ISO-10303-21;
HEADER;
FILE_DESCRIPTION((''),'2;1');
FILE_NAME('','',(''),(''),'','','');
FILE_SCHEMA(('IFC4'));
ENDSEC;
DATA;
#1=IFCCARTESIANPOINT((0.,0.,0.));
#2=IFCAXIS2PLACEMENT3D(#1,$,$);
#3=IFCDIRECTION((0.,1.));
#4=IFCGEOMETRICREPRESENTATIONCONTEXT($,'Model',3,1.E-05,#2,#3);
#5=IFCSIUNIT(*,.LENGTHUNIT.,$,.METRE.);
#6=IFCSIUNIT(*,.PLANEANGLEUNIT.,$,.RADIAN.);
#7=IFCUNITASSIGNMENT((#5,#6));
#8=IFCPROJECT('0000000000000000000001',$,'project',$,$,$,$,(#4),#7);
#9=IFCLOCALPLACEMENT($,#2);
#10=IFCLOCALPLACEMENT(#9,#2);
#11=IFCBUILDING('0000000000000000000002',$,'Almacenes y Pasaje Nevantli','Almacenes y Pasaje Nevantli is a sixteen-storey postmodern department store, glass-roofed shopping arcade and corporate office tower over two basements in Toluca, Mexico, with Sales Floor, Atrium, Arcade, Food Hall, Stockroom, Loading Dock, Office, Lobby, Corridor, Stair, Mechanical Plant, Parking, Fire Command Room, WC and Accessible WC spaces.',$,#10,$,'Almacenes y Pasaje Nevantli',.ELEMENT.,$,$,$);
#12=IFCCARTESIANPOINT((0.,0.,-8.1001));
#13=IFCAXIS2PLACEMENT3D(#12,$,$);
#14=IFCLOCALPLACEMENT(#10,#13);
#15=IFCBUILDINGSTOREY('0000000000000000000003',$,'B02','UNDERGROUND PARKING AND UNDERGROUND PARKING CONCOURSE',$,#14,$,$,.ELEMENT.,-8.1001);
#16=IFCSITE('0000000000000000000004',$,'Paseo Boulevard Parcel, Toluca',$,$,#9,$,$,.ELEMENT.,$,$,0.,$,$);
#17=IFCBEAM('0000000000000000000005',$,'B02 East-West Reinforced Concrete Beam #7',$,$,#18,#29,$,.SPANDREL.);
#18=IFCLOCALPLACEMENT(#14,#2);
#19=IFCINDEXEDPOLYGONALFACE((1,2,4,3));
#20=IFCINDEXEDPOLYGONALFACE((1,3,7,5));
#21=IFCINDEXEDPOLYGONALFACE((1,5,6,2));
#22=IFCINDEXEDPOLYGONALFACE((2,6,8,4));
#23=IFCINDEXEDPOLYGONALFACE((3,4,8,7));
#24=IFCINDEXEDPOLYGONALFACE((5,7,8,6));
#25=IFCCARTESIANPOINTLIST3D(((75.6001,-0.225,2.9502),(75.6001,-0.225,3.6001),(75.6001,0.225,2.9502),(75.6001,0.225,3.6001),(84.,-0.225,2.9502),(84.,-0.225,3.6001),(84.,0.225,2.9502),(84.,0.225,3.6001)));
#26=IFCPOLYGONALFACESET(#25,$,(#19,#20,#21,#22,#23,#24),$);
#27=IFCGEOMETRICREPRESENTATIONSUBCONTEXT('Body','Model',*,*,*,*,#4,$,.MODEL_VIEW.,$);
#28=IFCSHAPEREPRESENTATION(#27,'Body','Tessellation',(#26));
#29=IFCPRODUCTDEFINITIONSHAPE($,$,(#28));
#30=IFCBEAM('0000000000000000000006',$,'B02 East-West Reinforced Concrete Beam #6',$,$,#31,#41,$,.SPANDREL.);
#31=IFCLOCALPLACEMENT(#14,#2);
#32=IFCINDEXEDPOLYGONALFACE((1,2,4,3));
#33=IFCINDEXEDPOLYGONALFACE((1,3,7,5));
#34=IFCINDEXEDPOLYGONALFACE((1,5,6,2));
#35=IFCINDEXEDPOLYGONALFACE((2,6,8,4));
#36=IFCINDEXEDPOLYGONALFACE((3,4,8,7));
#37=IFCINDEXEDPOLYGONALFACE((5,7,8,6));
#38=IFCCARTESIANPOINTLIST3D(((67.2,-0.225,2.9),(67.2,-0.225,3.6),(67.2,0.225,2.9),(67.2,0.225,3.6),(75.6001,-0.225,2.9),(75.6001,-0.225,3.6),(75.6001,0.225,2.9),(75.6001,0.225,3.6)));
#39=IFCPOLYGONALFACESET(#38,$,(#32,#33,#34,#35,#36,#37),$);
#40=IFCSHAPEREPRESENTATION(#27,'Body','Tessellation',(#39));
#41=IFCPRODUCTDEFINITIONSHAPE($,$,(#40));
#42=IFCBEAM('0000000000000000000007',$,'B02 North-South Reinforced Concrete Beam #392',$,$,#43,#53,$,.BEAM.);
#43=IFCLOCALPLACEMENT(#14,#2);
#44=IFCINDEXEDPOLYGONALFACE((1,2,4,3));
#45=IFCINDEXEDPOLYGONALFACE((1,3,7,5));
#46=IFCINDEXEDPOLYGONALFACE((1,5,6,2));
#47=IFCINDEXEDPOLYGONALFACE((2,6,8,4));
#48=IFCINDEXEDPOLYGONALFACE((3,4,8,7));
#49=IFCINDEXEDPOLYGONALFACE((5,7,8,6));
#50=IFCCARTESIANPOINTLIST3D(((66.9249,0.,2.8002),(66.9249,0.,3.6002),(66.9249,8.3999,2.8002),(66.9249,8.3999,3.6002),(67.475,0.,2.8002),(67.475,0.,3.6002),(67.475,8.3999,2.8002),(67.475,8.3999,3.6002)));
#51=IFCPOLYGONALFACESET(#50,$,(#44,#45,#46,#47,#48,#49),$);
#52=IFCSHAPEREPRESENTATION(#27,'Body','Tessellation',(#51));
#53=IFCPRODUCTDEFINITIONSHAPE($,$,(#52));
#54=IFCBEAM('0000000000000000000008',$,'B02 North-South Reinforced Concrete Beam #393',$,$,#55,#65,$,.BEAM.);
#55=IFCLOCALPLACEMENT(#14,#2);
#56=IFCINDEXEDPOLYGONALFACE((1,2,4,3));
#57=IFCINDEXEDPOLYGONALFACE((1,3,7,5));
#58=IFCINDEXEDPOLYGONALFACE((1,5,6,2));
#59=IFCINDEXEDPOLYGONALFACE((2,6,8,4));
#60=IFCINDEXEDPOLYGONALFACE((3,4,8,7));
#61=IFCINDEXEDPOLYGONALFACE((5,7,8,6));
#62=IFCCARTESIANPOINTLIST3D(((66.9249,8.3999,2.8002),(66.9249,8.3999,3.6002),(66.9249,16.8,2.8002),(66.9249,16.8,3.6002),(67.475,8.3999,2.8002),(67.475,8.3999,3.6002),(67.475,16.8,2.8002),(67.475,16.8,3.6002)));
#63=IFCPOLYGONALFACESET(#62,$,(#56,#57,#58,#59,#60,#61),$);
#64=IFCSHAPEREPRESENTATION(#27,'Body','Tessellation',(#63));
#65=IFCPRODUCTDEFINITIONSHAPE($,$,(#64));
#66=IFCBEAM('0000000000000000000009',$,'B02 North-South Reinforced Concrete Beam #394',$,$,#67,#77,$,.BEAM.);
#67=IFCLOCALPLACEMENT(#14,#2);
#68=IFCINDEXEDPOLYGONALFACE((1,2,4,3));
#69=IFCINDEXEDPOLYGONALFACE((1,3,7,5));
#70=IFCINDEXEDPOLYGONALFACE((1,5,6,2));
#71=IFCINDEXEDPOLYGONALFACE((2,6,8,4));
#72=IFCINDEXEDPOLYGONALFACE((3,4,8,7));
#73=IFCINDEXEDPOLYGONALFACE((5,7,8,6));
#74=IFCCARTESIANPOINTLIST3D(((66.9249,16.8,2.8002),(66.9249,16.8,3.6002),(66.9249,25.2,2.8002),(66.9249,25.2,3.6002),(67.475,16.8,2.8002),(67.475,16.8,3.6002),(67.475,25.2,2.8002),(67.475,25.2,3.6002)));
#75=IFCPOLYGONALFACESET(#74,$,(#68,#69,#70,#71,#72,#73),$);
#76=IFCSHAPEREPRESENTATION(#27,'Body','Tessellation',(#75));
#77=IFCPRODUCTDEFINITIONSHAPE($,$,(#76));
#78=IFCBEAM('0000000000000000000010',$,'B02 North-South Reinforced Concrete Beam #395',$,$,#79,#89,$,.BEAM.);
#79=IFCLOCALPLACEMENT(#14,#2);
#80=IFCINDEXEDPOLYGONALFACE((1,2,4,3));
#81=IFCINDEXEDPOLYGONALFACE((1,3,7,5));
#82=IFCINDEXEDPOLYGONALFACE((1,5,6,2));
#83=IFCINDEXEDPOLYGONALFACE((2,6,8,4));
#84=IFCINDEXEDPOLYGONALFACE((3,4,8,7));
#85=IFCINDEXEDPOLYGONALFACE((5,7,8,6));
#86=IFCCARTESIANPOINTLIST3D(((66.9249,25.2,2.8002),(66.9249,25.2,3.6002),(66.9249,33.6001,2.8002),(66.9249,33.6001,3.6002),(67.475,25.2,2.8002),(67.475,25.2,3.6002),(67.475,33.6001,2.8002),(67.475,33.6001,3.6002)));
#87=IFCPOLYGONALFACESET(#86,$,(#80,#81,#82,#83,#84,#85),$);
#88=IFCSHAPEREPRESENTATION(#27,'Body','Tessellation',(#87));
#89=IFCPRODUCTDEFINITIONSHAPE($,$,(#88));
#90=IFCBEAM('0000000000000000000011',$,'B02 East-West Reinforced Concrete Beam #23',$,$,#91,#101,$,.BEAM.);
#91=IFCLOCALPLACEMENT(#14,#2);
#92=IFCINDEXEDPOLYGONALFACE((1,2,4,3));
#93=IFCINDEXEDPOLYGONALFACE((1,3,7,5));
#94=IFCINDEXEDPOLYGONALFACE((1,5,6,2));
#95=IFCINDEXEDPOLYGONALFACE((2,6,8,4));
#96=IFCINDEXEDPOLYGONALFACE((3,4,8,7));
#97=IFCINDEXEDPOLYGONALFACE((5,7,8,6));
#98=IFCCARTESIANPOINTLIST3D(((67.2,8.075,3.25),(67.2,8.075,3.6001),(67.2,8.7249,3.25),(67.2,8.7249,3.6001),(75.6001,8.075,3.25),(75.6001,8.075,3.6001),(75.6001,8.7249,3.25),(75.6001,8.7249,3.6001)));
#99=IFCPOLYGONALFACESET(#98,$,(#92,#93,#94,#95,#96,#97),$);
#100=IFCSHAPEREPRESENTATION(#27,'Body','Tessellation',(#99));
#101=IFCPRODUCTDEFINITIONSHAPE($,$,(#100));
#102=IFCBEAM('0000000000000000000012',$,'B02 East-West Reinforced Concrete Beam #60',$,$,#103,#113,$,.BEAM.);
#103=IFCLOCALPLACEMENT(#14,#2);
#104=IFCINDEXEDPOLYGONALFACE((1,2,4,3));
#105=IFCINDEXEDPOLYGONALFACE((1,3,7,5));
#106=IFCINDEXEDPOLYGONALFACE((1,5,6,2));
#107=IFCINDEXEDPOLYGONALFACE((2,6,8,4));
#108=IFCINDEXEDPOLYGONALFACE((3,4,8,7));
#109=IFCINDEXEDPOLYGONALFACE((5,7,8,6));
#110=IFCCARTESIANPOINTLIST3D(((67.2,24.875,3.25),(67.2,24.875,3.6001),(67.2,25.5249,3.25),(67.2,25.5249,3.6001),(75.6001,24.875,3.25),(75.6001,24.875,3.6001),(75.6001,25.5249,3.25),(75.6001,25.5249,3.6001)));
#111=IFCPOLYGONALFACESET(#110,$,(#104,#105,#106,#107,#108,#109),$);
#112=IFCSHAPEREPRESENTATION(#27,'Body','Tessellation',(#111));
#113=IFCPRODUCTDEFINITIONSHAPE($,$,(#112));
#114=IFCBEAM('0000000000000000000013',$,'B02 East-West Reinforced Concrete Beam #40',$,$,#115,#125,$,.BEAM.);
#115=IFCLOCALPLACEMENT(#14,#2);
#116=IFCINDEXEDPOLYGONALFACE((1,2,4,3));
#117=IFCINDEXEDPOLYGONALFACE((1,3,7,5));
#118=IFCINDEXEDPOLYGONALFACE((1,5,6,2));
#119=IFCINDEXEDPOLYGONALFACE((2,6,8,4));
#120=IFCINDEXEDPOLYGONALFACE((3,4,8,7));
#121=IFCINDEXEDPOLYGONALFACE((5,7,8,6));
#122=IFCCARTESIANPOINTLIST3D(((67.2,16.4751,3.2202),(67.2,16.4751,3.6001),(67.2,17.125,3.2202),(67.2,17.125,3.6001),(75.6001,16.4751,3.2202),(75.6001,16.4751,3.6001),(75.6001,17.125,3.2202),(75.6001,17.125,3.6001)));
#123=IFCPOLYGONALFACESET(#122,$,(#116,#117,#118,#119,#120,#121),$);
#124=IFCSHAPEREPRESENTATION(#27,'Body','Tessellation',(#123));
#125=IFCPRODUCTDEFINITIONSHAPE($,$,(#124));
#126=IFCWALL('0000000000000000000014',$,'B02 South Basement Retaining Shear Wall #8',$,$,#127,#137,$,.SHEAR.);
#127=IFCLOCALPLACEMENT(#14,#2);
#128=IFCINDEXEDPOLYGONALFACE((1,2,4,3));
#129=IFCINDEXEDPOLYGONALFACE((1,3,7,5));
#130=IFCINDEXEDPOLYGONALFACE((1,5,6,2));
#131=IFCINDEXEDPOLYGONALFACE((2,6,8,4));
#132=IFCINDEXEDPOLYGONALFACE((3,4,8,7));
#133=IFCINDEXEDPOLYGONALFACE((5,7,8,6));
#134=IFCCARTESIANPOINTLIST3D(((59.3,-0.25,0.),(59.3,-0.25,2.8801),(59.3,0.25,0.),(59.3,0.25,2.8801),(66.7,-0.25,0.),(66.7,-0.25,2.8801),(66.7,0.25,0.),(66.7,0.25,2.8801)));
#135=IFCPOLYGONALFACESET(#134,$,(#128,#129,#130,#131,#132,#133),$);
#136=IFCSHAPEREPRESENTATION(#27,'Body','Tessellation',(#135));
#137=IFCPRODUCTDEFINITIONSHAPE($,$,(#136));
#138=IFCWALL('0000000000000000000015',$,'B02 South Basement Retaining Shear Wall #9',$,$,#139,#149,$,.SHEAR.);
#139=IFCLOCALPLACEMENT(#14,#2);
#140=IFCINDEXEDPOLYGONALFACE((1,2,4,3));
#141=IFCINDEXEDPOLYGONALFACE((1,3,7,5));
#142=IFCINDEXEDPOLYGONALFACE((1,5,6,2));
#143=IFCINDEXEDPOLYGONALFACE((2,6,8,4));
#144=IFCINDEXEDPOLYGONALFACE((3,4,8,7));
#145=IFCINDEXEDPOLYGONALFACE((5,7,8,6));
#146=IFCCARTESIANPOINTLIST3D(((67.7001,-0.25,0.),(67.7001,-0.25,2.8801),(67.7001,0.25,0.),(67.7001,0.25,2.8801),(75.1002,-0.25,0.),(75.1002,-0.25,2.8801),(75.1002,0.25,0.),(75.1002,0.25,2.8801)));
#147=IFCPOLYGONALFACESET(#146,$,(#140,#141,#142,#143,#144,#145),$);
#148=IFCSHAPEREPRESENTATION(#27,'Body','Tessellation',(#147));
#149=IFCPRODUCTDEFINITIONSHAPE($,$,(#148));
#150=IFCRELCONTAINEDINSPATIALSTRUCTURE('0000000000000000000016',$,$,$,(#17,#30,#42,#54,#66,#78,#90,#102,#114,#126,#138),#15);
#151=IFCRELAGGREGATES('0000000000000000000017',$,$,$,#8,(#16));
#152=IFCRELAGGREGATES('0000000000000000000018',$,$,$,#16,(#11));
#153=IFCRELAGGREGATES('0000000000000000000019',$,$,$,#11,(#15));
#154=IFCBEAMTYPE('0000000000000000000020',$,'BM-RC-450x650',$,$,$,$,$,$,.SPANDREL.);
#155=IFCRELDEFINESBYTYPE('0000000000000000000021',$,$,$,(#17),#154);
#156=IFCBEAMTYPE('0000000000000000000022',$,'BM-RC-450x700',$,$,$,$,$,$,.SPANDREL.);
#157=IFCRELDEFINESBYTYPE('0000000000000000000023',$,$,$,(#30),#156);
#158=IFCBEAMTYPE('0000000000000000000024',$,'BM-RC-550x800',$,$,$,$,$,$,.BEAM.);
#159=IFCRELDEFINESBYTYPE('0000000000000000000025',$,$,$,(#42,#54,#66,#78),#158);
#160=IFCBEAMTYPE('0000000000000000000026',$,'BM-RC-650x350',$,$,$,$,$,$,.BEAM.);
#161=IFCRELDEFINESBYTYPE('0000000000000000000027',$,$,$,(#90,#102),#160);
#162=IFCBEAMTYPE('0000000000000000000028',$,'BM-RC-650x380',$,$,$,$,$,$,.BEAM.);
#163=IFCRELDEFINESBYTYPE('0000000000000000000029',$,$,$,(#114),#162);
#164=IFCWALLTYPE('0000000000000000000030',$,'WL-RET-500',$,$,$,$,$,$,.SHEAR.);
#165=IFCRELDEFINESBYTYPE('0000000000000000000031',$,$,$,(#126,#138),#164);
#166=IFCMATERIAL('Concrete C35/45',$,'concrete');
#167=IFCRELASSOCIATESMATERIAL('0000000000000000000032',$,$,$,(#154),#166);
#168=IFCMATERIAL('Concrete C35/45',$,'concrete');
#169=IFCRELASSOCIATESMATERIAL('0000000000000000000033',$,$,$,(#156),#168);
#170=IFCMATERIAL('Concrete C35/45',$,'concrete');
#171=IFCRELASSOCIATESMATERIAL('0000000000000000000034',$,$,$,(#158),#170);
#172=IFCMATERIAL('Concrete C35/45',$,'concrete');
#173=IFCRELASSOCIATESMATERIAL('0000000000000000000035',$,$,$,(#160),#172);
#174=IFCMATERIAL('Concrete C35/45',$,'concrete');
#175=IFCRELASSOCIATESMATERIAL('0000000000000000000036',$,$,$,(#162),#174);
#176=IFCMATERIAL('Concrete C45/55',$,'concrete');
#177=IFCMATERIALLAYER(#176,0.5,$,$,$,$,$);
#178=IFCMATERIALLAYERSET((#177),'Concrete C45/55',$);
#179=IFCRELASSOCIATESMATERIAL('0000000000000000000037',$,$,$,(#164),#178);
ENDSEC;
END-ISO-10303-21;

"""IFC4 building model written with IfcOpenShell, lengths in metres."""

from ifc_helpers import new_model, si_unit, direction, frame, frame_2d, origin, origin_2d, place, context, subcontext, project, spatial, rectangle, extrude, material, layer, layer_set, material_profile, profile_set, type_object, element, save


model = new_model("IFC4")

# Units and contexts
model_context = context("Model", 3, precision=1e-05, world=origin(), true_north=direction((0.0, 1.0)))
body_context = subcontext(model_context, "Body", "Model", "MODEL_VIEW")
ifc_project = project(units=[si_unit("LENGTHUNIT", "METRE"), si_unit("PLANEANGLEUNIT", "RADIAN")], contexts=[model_context])

# Site, building, storey
site_placement = place(None, origin())
site = spatial("IfcSite", under=ifc_project, at=site_placement, Name="Paseo Boulevard Parcel, Toluca", CompositionType="ELEMENT", RefElevation=0.0)
building_placement = place(site_placement, origin())
building = spatial("IfcBuilding", under=site, at=building_placement, Name="Almacenes y Pasaje Nevantli", Description="Almacenes y Pasaje Nevantli is a sixteen-storey postmodern department store, glass-roofed shopping arcade and corporate office tower over two basements in Toluca, Mexico, with Sales Floor, Atrium, Arcade, Food Hall, Stockroom, Loading Dock, Office, Lobby, Corridor, Stair, Mechanical Plant, Parking, Fire Command Room, WC and Accessible WC spaces.", LongName="Almacenes y Pasaje Nevantli", CompositionType="ELEMENT")
storey_placement = place(building_placement, frame((0.0, 0.0, -8.1001)))
storey = spatial("IfcBuildingStorey", under=building, at=storey_placement, Name="B02", Description="UNDERGROUND PARKING AND UNDERGROUND PARKING CONCOURSE", CompositionType="ELEMENT", Elevation=-8.1001)

# Beams
ifc_material_1 = material(Name="Concrete C35/45", Category="concrete")
ifc_material_profile_1 = material_profile(ifc_material_1, rectangle(XDim=0.45, YDim=0.6499, at=origin_2d()), Name="RC-BM-450x650")
ifc_profile_set_1 = profile_set([ifc_material_profile_1], Name="Concrete C35/45")
beam_type_1 = type_object("IfcBeamType", Name="BM-RC-450x650", PredefinedType="SPANDREL", material=ifc_profile_set_1)
beam_1_placement = place(storey_placement, frame((75.6001, 0.0, 3.2751), z_axis=(1.0, 0.0, 0.0), x_axis=(0.0, 1.0, 0.0)))
element("IfcBeam", 1, at=beam_1_placement, inside=storey, type_object=beam_type_1, Name="B02 East-West Reinforced Concrete Beam #7", PredefinedType="SPANDREL", context=body_context, shape_type="SweptSolid", body=[
    extrude(rectangle(XDim=0.45, YDim=0.6499, at=origin_2d()), origin(), (0.0, 0.0, 1.0), 8.3999),
])
ifc_material_2 = material(Name="Concrete C35/45", Category="concrete")
ifc_material_profile_2 = material_profile(ifc_material_2, rectangle(XDim=0.45, YDim=0.7, at=origin_2d()), Name="RC-BM-450x700")
ifc_profile_set_2 = profile_set([ifc_material_profile_2], Name="Concrete C35/45")
beam_type_2 = type_object("IfcBeamType", Name="BM-RC-450x700", PredefinedType="SPANDREL", material=ifc_profile_set_2)
beam_2_placement = place(storey_placement, frame((67.2, 0.0, 3.25), z_axis=(1.0, 0.0, 0.0), x_axis=(0.0, 1.0, 0.0)))
element("IfcBeam", 2, at=beam_2_placement, inside=storey, type_object=beam_type_2, Name="B02 East-West Reinforced Concrete Beam #6", PredefinedType="SPANDREL", context=body_context, shape_type="SweptSolid", body=[
    extrude(rectangle(XDim=0.45, YDim=0.7, at=origin_2d()), origin(), (0.0, 0.0, 1.0), 8.4001),
])
ifc_material_3 = material(Name="Concrete C35/45", Category="concrete")
ifc_material_profile_3 = material_profile(ifc_material_3, rectangle(XDim=0.55, YDim=0.8, at=origin_2d()), Name="RC-BM-550x800")
ifc_profile_set_3 = profile_set([ifc_material_profile_3], Name="Concrete C35/45")
beam_type_3 = type_object("IfcBeamType", Name="BM-RC-550x800", PredefinedType="BEAM", material=ifc_profile_set_3)
beam_3_placement = place(storey_placement, frame((67.2, 0.0, 3.2002), z_axis=(0.0, 1.0, 0.0), x_axis=(-1.0, 0.0, 0.0)))
element("IfcBeam", 3, at=beam_3_placement, inside=storey, type_object=beam_type_3, Name="B02 North-South Reinforced Concrete Beam #392", PredefinedType="BEAM", context=body_context, shape_type="SweptSolid", body=[
    extrude(rectangle(XDim=0.55, YDim=0.8, at=origin_2d()), origin(), (0.0, 0.0, 1.0), 8.3999),
])
beam_4_placement = place(storey_placement, frame((67.2, 8.3999, 3.2002), z_axis=(0.0, 1.0, 0.0), x_axis=(-1.0, 0.0, 0.0)))
element("IfcBeam", 4, at=beam_4_placement, inside=storey, type_object=beam_type_3, Name="B02 North-South Reinforced Concrete Beam #393", PredefinedType="BEAM", context=body_context, shape_type="SweptSolid", body=[
    extrude(rectangle(XDim=0.55, YDim=0.8, at=origin_2d()), origin(), (0.0, 0.0, 1.0), 8.4001),
])
beam_5_placement = place(storey_placement, frame((67.2, 16.8, 3.2002), z_axis=(0.0, 1.0, 0.0), x_axis=(-1.0, 0.0, 0.0)))
element("IfcBeam", 5, at=beam_5_placement, inside=storey, type_object=beam_type_3, Name="B02 North-South Reinforced Concrete Beam #394", PredefinedType="BEAM", context=body_context, shape_type="SweptSolid", body=[
    extrude(rectangle(XDim=0.55, YDim=0.8, at=origin_2d()), origin(), (0.0, 0.0, 1.0), 8.3999),
])
beam_6_placement = place(storey_placement, frame((67.2, 25.2, 3.2002), z_axis=(0.0, 1.0, 0.0), x_axis=(-1.0, 0.0, 0.0)))
element("IfcBeam", 6, at=beam_6_placement, inside=storey, type_object=beam_type_3, Name="B02 North-South Reinforced Concrete Beam #395", PredefinedType="BEAM", context=body_context, shape_type="SweptSolid", body=[
    extrude(rectangle(XDim=0.55, YDim=0.8, at=origin_2d()), origin(), (0.0, 0.0, 1.0), 8.4001),
])
ifc_material_4 = material(Name="Concrete C35/45", Category="concrete")
ifc_material_profile_4 = material_profile(ifc_material_4, rectangle(XDim=0.6499, YDim=0.3501, at=origin_2d()), Name="RC-BM-650x350")
ifc_profile_set_4 = profile_set([ifc_material_profile_4], Name="Concrete C35/45")
beam_type_4 = type_object("IfcBeamType", Name="BM-RC-650x350", PredefinedType="BEAM", material=ifc_profile_set_4)
for number, where, z_axis, x_axis, name in (
    (7, (67.2, 8.3999, 3.425), (1.0, 0.0, 0.0), (0.0, 1.0, 0.0), "B02 East-West Reinforced Concrete Beam #23"),
    (8, (67.2, 25.2, 3.425), (1.0, 0.0, 0.0), (0.0, 1.0, 0.0), "B02 East-West Reinforced Concrete Beam #60"),
):
    element("IfcBeam", number, at=place(storey_placement, frame(where, z_axis=z_axis, x_axis=x_axis)), inside=storey, type_object=beam_type_4, Name=name, PredefinedType="BEAM", context=body_context, shape_type="SweptSolid", body=[
        extrude(rectangle(XDim=0.6499, YDim=0.3501, at=origin_2d()), origin(), (0.0, 0.0, 1.0), 8.4001),
    ])
ifc_material_5 = material(Name="Concrete C35/45", Category="concrete")
ifc_material_profile_5 = material_profile(ifc_material_5, rectangle(XDim=0.6499, YDim=0.3799, at=origin_2d()), Name="RC-BM-650x380")
ifc_profile_set_5 = profile_set([ifc_material_profile_5], Name="Concrete C35/45")
beam_type_5 = type_object("IfcBeamType", Name="BM-RC-650x380", PredefinedType="BEAM", material=ifc_profile_set_5)
beam_7_placement = place(storey_placement, frame((67.2, 16.8, 3.4102), z_axis=(1.0, 0.0, 0.0), x_axis=(0.0, 1.0, 0.0)))
element("IfcBeam", 9, at=beam_7_placement, inside=storey, type_object=beam_type_5, Name="B02 East-West Reinforced Concrete Beam #40", PredefinedType="BEAM", context=body_context, shape_type="SweptSolid", body=[
    extrude(rectangle(XDim=0.6499, YDim=0.3799, at=origin_2d()), origin(), (0.0, 0.0, 1.0), 8.4001),
])

# Walls
ifc_material_6 = material(Name="Concrete C45/55", Category="concrete")
ifc_layer_1 = layer(ifc_material_6, 0.5)
ifc_layer_set_1 = layer_set([ifc_layer_1], Name="Concrete C45/55")
wall_type = type_object("IfcWallType", Name="WL-RET-500", PredefinedType="SHEAR", material=ifc_layer_set_1)
wall_1_placement = place(storey_placement, frame((59.3, 0.0, 0.0), z_axis=(0.0, 0.0, 1.0), x_axis=(1.0, 0.0, 0.0)))
element("IfcWall", 10, at=wall_1_placement, inside=storey, type_object=wall_type, Name="B02 South Basement Retaining Shear Wall #8", PredefinedType="SHEAR", context=body_context, shape_type="SweptSolid", body=[
    extrude(rectangle(XDim=7.3999, YDim=0.5, at=frame_2d((3.7, 0.0))), origin(), (0.0, 0.0, 1.0), 2.8801),
])
wall_2_placement = place(storey_placement, frame((67.7, 0.0, 0.0), z_axis=(0.0, 0.0, 1.0), x_axis=(1.0, 0.0, 0.0)))
element("IfcWall", 11, at=wall_2_placement, inside=storey, type_object=wall_type, Name="B02 South Basement Retaining Shear Wall #9", PredefinedType="SHEAR", context=body_context, shape_type="SweptSolid", body=[
    extrude(rectangle(XDim=7.4001, YDim=0.5, at=frame_2d((3.7002, 0.0))), origin(), (0.0, 0.0, 1.0), 2.8801),
])

save(model, "model.ifc")
